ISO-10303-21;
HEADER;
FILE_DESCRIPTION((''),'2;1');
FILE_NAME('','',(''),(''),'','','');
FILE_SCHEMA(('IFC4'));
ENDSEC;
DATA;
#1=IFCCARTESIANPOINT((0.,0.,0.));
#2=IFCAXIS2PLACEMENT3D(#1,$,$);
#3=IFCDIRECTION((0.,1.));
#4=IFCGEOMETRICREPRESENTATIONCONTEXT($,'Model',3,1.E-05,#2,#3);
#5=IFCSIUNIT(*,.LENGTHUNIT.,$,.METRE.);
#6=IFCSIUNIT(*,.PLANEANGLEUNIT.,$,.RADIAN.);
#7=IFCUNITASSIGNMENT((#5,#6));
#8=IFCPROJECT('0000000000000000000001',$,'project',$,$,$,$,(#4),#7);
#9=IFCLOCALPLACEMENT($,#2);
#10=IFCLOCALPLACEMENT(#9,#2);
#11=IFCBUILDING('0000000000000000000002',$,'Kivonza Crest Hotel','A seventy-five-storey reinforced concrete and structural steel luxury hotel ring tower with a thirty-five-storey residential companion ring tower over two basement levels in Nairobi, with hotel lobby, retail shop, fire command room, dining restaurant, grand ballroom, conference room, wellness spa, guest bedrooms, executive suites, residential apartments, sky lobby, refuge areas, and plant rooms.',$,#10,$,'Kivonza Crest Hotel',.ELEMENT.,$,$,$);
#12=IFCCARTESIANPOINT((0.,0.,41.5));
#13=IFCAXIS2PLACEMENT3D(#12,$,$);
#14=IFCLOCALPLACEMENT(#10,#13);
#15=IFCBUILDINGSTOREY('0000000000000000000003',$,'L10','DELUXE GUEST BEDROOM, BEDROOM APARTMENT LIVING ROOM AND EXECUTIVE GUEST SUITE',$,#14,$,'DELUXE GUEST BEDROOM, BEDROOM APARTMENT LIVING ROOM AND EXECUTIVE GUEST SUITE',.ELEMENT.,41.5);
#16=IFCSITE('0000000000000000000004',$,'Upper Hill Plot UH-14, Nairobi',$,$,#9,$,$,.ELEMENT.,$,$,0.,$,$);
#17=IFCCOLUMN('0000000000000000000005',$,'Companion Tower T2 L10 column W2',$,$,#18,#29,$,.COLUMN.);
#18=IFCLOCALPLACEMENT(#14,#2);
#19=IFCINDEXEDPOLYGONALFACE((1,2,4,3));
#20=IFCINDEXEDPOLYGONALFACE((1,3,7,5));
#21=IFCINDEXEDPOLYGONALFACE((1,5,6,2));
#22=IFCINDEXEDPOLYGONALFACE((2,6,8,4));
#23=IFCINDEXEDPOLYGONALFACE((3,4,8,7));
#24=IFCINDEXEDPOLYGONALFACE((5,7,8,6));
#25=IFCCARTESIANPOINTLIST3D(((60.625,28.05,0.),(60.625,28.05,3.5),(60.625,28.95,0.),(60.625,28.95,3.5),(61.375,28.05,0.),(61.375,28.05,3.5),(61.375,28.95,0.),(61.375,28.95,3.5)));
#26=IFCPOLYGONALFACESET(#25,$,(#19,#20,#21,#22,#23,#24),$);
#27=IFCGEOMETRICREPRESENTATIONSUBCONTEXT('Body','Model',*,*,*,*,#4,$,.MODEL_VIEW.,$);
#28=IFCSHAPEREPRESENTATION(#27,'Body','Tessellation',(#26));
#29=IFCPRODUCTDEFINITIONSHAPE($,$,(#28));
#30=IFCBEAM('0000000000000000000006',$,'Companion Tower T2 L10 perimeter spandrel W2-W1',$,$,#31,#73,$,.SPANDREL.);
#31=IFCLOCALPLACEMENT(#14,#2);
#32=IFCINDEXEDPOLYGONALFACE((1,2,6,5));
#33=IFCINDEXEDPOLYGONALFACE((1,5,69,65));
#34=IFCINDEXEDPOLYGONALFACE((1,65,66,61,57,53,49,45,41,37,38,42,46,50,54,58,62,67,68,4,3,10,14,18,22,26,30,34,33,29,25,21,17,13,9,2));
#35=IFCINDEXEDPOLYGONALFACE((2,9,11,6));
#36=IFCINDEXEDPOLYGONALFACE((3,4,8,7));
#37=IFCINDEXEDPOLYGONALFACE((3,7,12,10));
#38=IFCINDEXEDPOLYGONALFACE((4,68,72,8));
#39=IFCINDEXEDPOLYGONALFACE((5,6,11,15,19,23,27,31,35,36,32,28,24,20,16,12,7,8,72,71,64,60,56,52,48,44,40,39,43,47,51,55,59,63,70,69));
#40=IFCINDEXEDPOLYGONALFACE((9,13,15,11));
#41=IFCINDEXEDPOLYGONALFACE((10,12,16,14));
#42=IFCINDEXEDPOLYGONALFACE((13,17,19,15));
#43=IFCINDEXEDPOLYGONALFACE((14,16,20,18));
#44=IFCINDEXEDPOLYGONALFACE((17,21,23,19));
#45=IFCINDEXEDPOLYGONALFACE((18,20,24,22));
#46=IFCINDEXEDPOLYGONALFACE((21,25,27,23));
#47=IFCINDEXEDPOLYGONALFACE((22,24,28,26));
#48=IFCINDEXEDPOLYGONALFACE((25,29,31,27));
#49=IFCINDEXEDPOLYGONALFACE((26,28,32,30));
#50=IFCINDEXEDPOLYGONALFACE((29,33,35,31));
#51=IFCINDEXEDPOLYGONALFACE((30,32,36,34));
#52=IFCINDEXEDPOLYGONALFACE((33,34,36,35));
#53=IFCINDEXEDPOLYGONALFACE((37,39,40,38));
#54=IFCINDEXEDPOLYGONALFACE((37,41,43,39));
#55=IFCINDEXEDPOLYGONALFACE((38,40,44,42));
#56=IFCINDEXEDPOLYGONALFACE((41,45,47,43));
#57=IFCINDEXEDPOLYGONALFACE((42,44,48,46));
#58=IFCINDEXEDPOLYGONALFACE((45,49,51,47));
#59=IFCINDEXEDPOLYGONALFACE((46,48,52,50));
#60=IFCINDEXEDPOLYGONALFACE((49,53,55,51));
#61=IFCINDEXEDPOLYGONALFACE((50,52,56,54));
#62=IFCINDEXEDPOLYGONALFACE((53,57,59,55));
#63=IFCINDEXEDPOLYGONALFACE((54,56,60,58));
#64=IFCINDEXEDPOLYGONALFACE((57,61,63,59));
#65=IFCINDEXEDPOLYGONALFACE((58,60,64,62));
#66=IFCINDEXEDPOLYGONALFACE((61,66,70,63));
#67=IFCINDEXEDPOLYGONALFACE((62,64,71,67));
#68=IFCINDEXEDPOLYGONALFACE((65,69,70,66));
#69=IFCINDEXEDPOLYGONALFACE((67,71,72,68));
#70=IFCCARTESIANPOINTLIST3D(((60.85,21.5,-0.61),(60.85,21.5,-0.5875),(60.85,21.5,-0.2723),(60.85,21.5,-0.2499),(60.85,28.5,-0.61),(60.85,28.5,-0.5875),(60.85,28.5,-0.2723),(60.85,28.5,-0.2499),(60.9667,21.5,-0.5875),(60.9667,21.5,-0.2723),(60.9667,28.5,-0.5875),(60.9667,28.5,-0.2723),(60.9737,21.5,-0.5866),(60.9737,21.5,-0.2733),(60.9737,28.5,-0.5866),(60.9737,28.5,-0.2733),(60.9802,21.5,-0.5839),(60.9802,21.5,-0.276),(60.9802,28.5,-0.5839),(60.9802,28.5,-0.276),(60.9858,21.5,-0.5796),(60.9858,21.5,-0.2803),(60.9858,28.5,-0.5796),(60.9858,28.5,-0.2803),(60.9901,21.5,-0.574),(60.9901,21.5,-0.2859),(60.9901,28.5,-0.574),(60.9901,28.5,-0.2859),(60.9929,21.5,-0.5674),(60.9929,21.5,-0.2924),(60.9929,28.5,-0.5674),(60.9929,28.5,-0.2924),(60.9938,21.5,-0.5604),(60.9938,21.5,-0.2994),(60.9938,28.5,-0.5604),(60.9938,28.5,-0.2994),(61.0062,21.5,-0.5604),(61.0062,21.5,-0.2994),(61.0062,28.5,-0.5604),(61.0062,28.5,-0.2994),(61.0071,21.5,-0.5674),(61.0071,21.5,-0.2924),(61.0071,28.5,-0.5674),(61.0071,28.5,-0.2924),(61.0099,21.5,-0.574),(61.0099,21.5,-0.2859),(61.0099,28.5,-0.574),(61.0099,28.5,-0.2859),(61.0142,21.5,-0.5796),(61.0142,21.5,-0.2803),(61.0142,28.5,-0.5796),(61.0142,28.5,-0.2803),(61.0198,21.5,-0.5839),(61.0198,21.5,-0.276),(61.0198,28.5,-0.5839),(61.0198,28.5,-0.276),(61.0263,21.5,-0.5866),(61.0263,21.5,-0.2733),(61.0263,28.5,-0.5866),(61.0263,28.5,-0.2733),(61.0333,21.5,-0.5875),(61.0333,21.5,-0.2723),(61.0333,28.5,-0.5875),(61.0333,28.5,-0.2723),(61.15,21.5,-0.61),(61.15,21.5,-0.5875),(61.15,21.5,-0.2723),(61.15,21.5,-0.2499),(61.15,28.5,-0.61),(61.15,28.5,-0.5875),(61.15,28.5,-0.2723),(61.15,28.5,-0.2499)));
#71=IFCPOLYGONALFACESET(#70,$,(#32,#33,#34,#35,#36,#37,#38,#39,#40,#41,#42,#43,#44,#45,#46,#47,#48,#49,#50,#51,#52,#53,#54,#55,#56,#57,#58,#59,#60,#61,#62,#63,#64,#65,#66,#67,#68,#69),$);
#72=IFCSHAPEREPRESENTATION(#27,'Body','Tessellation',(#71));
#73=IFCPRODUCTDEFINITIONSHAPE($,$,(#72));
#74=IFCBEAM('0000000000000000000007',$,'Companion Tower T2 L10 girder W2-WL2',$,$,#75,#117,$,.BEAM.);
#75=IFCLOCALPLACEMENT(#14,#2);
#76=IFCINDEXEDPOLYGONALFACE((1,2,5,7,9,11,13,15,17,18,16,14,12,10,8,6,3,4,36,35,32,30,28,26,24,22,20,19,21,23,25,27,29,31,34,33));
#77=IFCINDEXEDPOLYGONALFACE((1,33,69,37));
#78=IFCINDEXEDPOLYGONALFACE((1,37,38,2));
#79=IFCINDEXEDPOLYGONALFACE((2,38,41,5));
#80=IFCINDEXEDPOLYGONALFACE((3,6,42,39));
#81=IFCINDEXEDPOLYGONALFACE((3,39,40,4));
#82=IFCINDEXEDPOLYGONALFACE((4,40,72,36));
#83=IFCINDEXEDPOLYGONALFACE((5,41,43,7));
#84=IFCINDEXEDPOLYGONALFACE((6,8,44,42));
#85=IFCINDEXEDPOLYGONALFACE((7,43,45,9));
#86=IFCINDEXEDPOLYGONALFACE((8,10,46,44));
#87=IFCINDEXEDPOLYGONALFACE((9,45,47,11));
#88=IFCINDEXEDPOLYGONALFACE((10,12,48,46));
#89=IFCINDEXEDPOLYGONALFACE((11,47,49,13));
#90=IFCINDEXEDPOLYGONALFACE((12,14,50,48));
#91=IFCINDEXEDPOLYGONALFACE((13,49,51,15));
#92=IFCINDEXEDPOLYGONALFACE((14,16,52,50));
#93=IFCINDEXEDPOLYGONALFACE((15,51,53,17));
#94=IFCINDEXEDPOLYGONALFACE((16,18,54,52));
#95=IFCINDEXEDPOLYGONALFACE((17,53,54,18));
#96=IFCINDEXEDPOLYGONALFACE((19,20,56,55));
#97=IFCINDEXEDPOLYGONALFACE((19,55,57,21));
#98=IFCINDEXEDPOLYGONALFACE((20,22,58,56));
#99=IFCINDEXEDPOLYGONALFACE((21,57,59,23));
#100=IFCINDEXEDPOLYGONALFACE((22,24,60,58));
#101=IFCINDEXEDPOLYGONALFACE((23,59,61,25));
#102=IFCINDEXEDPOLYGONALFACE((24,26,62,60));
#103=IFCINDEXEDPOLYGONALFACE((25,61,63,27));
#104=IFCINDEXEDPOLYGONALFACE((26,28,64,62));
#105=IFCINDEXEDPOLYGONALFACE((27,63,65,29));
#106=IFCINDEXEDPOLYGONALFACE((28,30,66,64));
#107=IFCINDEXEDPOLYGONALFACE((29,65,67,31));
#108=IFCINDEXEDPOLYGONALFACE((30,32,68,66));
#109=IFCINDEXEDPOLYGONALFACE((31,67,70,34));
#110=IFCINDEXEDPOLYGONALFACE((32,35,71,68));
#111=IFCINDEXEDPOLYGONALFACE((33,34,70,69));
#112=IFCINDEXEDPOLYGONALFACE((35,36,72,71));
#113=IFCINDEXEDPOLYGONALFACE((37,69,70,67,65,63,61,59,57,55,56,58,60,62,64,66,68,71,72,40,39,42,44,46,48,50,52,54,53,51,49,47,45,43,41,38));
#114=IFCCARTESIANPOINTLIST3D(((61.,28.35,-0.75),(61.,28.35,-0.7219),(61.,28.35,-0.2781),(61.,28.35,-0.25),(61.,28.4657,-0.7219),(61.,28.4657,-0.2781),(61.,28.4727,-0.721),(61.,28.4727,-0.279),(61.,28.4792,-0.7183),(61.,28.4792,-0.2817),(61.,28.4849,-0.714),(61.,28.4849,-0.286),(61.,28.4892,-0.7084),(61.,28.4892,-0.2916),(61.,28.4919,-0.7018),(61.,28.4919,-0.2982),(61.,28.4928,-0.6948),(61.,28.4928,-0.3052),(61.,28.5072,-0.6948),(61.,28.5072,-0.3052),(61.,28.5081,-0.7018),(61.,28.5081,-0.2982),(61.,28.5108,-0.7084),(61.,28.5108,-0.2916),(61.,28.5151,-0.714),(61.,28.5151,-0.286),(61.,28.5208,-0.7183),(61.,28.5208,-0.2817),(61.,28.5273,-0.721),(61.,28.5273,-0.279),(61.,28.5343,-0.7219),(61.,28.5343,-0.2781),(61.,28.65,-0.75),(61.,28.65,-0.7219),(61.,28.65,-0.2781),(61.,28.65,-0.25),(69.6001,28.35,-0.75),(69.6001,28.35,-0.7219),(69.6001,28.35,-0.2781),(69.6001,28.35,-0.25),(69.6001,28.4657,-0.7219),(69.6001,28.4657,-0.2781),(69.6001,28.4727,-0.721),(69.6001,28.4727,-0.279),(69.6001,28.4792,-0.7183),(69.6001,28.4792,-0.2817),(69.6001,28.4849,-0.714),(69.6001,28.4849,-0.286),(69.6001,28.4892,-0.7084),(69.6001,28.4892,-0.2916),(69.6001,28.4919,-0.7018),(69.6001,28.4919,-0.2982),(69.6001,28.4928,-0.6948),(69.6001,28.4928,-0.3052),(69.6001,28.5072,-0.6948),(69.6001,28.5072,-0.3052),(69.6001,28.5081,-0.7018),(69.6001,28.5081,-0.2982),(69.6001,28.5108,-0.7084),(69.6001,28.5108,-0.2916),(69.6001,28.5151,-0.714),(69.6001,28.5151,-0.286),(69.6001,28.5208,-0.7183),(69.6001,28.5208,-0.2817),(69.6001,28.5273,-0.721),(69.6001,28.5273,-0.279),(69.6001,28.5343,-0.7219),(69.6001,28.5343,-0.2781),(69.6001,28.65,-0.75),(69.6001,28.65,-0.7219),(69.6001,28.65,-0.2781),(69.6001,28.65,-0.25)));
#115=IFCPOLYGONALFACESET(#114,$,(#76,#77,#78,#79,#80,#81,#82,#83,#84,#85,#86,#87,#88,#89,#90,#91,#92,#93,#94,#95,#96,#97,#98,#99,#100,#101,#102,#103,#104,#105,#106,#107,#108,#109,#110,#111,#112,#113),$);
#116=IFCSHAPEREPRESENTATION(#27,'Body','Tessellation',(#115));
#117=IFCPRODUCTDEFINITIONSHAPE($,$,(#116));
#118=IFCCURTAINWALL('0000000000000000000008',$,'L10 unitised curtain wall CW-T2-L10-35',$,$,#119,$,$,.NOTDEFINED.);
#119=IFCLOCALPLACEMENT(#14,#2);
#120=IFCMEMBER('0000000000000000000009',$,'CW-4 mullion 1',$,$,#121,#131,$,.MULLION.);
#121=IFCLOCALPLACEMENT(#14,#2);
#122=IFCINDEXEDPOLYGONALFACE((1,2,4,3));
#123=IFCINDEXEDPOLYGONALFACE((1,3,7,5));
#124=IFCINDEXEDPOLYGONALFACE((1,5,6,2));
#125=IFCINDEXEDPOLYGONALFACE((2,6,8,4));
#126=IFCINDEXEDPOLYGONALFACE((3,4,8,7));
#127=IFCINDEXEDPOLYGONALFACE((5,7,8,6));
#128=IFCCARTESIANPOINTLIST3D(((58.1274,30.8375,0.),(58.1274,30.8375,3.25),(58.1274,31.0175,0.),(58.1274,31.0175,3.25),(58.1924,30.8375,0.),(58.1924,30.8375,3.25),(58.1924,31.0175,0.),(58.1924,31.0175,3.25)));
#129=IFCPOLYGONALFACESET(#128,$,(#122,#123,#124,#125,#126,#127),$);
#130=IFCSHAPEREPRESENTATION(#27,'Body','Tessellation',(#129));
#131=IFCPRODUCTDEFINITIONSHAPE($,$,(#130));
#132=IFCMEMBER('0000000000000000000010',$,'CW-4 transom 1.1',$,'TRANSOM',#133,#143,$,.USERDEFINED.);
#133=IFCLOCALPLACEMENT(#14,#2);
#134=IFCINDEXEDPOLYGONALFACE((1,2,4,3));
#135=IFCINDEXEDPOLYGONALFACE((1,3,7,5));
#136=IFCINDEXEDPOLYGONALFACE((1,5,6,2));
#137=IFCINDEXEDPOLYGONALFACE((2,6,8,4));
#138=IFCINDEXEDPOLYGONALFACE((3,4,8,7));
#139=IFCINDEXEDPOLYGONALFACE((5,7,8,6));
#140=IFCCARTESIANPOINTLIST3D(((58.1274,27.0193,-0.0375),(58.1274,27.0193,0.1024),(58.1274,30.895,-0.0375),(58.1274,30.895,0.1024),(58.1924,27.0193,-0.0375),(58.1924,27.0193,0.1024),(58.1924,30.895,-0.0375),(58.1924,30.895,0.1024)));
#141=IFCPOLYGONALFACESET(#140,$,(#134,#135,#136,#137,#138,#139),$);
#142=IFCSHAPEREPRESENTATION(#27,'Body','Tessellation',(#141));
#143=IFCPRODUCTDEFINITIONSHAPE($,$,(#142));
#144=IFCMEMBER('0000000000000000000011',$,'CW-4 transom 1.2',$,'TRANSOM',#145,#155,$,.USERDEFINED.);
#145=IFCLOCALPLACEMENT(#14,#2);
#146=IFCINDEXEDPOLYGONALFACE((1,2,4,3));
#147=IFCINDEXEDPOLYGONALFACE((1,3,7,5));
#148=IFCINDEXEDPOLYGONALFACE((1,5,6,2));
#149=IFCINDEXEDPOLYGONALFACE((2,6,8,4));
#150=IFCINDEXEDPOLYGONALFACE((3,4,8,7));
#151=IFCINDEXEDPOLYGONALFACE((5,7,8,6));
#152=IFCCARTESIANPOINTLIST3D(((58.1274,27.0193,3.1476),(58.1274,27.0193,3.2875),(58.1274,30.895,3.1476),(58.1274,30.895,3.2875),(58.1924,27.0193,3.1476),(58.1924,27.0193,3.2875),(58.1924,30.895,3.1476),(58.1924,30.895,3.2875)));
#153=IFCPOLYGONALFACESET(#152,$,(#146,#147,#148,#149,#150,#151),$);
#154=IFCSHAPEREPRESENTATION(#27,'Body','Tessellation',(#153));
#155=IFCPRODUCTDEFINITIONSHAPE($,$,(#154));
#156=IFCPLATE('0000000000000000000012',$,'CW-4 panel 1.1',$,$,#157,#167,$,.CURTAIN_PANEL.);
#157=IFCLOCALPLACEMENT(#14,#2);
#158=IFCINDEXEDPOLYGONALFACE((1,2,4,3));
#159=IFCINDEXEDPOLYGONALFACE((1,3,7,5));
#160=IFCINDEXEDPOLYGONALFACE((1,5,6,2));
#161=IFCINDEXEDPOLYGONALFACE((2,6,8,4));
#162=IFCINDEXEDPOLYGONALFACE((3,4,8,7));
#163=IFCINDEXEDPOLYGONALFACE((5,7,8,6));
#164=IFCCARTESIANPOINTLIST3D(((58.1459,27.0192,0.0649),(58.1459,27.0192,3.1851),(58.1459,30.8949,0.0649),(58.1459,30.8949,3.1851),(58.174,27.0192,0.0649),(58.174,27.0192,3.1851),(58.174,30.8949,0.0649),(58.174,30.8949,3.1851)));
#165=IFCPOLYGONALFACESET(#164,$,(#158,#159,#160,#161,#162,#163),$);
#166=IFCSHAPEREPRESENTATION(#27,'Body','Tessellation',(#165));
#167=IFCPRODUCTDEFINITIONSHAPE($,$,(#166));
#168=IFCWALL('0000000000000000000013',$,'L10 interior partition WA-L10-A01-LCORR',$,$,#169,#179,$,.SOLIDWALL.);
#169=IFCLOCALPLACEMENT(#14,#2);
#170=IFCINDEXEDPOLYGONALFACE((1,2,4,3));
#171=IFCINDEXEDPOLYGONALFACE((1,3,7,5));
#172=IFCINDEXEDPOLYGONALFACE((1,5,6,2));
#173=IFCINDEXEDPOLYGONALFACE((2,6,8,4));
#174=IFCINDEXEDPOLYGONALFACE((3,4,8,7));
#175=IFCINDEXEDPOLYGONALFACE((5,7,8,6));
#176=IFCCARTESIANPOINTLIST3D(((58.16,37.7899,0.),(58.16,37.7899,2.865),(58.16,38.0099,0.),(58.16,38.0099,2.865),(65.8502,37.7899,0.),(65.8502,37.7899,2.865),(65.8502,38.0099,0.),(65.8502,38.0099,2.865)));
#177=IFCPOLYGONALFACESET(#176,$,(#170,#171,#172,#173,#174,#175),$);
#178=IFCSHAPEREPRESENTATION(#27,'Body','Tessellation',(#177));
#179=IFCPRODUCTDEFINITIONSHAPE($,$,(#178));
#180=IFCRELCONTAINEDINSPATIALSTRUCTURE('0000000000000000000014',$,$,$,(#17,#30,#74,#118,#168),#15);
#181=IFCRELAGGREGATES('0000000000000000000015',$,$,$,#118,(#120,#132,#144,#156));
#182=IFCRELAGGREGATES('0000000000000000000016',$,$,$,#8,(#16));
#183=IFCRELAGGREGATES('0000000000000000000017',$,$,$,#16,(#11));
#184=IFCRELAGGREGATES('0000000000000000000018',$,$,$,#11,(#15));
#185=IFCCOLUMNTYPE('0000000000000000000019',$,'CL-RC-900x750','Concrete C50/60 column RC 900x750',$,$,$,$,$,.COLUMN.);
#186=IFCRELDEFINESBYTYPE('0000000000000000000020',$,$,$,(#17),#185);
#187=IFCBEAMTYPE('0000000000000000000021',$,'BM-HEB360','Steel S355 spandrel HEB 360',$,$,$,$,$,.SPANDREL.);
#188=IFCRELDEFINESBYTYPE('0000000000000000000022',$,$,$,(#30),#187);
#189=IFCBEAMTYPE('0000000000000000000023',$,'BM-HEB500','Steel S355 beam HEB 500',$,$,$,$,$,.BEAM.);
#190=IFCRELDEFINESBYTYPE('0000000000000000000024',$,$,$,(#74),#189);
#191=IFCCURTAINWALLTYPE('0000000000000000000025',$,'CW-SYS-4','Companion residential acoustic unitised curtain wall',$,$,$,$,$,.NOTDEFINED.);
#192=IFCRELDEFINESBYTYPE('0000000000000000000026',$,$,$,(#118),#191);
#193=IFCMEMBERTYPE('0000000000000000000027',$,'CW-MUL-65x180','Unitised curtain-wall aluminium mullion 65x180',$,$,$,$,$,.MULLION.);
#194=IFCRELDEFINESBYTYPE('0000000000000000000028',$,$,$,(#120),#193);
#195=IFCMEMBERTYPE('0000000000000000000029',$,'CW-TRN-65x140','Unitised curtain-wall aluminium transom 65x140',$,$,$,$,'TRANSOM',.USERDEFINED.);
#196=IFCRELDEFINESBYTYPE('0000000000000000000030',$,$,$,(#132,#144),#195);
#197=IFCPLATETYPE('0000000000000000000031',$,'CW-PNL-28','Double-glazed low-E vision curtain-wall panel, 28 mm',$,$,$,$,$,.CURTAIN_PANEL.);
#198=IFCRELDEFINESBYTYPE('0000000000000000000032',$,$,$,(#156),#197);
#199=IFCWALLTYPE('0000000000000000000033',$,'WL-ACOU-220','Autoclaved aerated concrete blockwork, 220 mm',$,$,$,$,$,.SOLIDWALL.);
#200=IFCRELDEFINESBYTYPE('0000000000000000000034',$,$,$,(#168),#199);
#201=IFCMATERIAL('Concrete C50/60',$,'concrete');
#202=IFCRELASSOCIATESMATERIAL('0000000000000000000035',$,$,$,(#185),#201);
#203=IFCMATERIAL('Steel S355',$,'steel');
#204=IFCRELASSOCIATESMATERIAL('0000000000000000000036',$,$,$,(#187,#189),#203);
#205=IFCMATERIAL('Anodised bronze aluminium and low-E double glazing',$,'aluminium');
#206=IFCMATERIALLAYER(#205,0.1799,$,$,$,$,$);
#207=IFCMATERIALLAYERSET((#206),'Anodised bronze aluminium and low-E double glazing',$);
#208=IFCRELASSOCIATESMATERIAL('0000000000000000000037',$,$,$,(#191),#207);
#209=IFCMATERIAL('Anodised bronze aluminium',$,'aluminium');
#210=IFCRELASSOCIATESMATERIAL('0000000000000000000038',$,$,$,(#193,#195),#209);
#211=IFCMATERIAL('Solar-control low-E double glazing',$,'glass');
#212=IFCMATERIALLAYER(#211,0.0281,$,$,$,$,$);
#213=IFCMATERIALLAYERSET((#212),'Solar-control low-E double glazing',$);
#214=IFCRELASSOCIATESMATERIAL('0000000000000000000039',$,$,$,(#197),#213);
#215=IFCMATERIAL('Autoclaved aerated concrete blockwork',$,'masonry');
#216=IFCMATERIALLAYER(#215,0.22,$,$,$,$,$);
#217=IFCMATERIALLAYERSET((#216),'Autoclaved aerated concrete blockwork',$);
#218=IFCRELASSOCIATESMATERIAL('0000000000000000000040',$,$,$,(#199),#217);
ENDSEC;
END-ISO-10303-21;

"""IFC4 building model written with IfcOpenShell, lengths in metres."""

from ifc_helpers import new_model, si_unit, direction, frame, frame_2d, origin, origin_2d, place, context, subcontext, project, spatial, rectangle, i_section, extrude, material, layer, layer_set, material_profile, profile_set, type_object, element, aggregate, save


model = new_model("IFC4")

# Units and contexts
model_context = context("Model", 3, precision=1e-05, world=origin(), true_north=direction((0.0, 1.0)))
body_context = subcontext(model_context, "Body", "Model", "MODEL_VIEW")
ifc_project = project(units=[si_unit("LENGTHUNIT", "METRE"), si_unit("PLANEANGLEUNIT", "RADIAN")], contexts=[model_context])

# Site, building, storey
site_placement = place(None, origin())
site = spatial("IfcSite", under=ifc_project, at=site_placement, Name="Upper Hill Plot UH-14, Nairobi", CompositionType="ELEMENT", RefElevation=0.0)
building_placement = place(site_placement, origin())
building = spatial("IfcBuilding", under=site, at=building_placement, Name="Kivonza Crest Hotel", Description="A seventy-five-storey reinforced concrete and structural steel luxury hotel ring tower with a thirty-five-storey residential companion ring tower over two basement levels in Nairobi, with hotel lobby, retail shop, fire command room, dining restaurant, grand ballroom, conference room, wellness spa, guest bedrooms, executive suites, residential apartments, sky lobby, refuge areas, and plant rooms.", LongName="Kivonza Crest Hotel", CompositionType="ELEMENT")
storey_placement = place(building_placement, frame((0.0, 0.0, 41.5)))
storey = spatial("IfcBuildingStorey", under=building, at=storey_placement, Name="L10", Description="DELUXE GUEST BEDROOM, BEDROOM APARTMENT LIVING ROOM AND EXECUTIVE GUEST SUITE", LongName="DELUXE GUEST BEDROOM, BEDROOM APARTMENT LIVING ROOM AND EXECUTIVE GUEST SUITE", CompositionType="ELEMENT", Elevation=41.5)

# Column
ifc_material_1 = material(Name="Concrete C50/60", Category="concrete")
ifc_material_profile_1 = material_profile(ifc_material_1, rectangle(XDim=0.75, YDim=0.8999, at=origin_2d()), Name="RC 900x750")
ifc_profile_set_1 = profile_set([ifc_material_profile_1], Name="Concrete C50/60")
column_type = type_object("IfcColumnType", Name="CL-RC-900x750", Description="Concrete C50/60 column RC 900x750", PredefinedType="COLUMN", material=ifc_profile_set_1)
column_placement = place(storey_placement, frame((61.0, 28.5, 0.0), z_axis=(0.0, 0.0, 1.0), x_axis=(1.0, 0.0, 0.0)))
element("IfcColumn", 1, at=column_placement, inside=storey, type_object=column_type, Name="Companion Tower T2 L10 column W2", PredefinedType="COLUMN", context=body_context, shape_type="SweptSolid", body=[
    extrude(rectangle(XDim=0.75, YDim=0.8999, at=origin_2d()), origin(), (0.0, 0.0, 1.0), 3.5),
])

# Beams
ifc_material_2 = material(Name="Steel S355", Category="steel")
ifc_material_profile_2 = material_profile(ifc_material_2, i_section(OverallWidth=0.3, OverallDepth=0.3601, WebThickness=0.0125, FlangeThickness=0.0225, FilletRadius=0.0271, at=origin_2d()), Name="HEB 360")
ifc_profile_set_2 = profile_set([ifc_material_profile_2], Name="Steel S355")
beam_type_1 = type_object("IfcBeamType", Name="BM-HEB360", Description="Steel S355 spandrel HEB 360", PredefinedType="SPANDREL", material=ifc_profile_set_2)
beam_1_placement = place(storey_placement, frame((61.0, 28.5, -0.4299), z_axis=(0.0, -1.0, 0.0), x_axis=(1.0, 0.0, 0.0)))
element("IfcBeam", 2, at=beam_1_placement, inside=storey, type_object=beam_type_1, Name="Companion Tower T2 L10 perimeter spandrel W2-W1", PredefinedType="SPANDREL", context=body_context, shape_type="SweptSolid", body=[
    extrude(i_section(OverallWidth=0.3, OverallDepth=0.3601, WebThickness=0.0125, FlangeThickness=0.0225, FilletRadius=0.0271, at=origin_2d()), origin(), (0.0, 0.0, 1.0), 7.0),
])
ifc_material_profile_3 = material_profile(ifc_material_2, i_section(OverallWidth=0.3, OverallDepth=0.5, WebThickness=0.0144, FlangeThickness=0.0281, FilletRadius=0.0271, at=origin_2d()), Name="HEB 500")
ifc_profile_set_3 = profile_set([ifc_material_profile_3], Name="Steel S355")
beam_type_2 = type_object("IfcBeamType", Name="BM-HEB500", Description="Steel S355 beam HEB 500", PredefinedType="BEAM", material=ifc_profile_set_3)
beam_2_placement = place(storey_placement, frame((61.0, 28.5, -0.5), z_axis=(1.0, 0.0, 0.0), x_axis=(0.0, 1.0, 0.0)))
element("IfcBeam", 3, at=beam_2_placement, inside=storey, type_object=beam_type_2, Name="Companion Tower T2 L10 girder W2-WL2", PredefinedType="BEAM", context=body_context, shape_type="SweptSolid", body=[
    extrude(i_section(OverallWidth=0.3, OverallDepth=0.5, WebThickness=0.0144, FlangeThickness=0.0281, FilletRadius=0.0271, at=origin_2d()), origin(), (0.0, 0.0, 1.0), 8.6001),
])

# Curtain wall, members, plate
ifc_material_3 = material(Name="Anodised bronze aluminium and low-E double glazing", Category="aluminium")
ifc_layer_1 = layer(ifc_material_3, 0.1799)
ifc_layer_set_1 = layer_set([ifc_layer_1], Name="Anodised bronze aluminium and low-E double glazing")
curtain_wall_type = type_object("IfcCurtainWallType", Name="CW-SYS-4", Description="Companion residential acoustic unitised curtain wall", PredefinedType="NOTDEFINED", material=ifc_layer_set_1)
curtain_wall_placement = place(storey_placement, origin())
curtain_wall = element("IfcCurtainWall", 4, at=curtain_wall_placement, inside=storey, type_object=curtain_wall_type, Name="L10 unitised curtain wall CW-T2-L10-35", PredefinedType="NOTDEFINED")
ifc_material_4 = material(Name="Anodised bronze aluminium", Category="aluminium")
ifc_material_profile_4 = material_profile(ifc_material_4, rectangle(XDim=0.0649, YDim=0.1799, at=origin_2d()), Name="CW-M 65x180")
ifc_profile_set_4 = profile_set([ifc_material_profile_4], Name="Anodised bronze aluminium")
member_type_1 = type_object("IfcMemberType", Name="CW-MUL-65x180", Description="Unitised curtain-wall aluminium mullion 65x180", PredefinedType="MULLION", material=ifc_profile_set_4)
member_1_placement = place(storey_placement, frame((58.1599, 30.9275, 0.0), z_axis=(0.0, 0.0, 1.0), x_axis=(1.0, 0.0, 0.0)))
member_1 = element("IfcMember", 5, at=member_1_placement, type_object=member_type_1, Name="CW-4 mullion 1", PredefinedType="MULLION", context=body_context, shape_type="SweptSolid", body=[
    extrude(rectangle(XDim=0.0649, YDim=0.1799, at=origin_2d()), origin(), (0.0, 0.0, 1.0), 3.25),
])
ifc_material_profile_5 = material_profile(ifc_material_4, rectangle(XDim=0.0649, YDim=0.1399, at=origin_2d()), Name="CW-T 65x140")
ifc_profile_set_5 = profile_set([ifc_material_profile_5], Name="Anodised bronze aluminium")
member_type_2 = type_object("IfcMemberType", Name="CW-TRN-65x140", Description="Unitised curtain-wall aluminium transom 65x140", ElementType="TRANSOM", PredefinedType="USERDEFINED", material=ifc_profile_set_5)
member_2_placement = place(storey_placement, frame((58.1599, 30.895, 0.0325), z_axis=(0.0, -1.0, 0.0), x_axis=(1.0, 0.0, 0.0)))
member_2 = element("IfcMember", 6, at=member_2_placement, type_object=member_type_2, Name="CW-4 transom 1.1", ObjectType="TRANSOM", PredefinedType="USERDEFINED", context=body_context, shape_type="SweptSolid", body=[
    extrude(rectangle(XDim=0.0649, YDim=0.1399, at=origin_2d()), origin(), (0.0, 0.0, 1.0), 3.8757),
])
member_3_placement = place(storey_placement, frame((58.1599, 30.895, 3.2175), z_axis=(0.0, -1.0, 0.0), x_axis=(1.0, 0.0, 0.0)))
member_3 = element("IfcMember", 7, at=member_3_placement, type_object=member_type_2, Name="CW-4 transom 1.2", ObjectType="TRANSOM", PredefinedType="USERDEFINED", context=body_context, shape_type="SweptSolid", body=[
    extrude(rectangle(XDim=0.0649, YDim=0.1399, at=origin_2d()), origin(), (0.0, 0.0, 1.0), 3.8757),
])
ifc_material_5 = material(Name="Solar-control low-E double glazing", Category="glass")
ifc_layer_2 = layer(ifc_material_5, 0.0281)
ifc_layer_set_2 = layer_set([ifc_layer_2], Name="Solar-control low-E double glazing")
plate_type = type_object("IfcPlateType", Name="CW-PNL-28", Description="Double-glazed low-E vision curtain-wall panel, 28 mm", PredefinedType="CURTAIN_PANEL", material=ifc_layer_set_2)
plate_placement = place(storey_placement, frame((58.1599, 28.957, 0.0649), z_axis=(0.0, 0.0, 1.0), x_axis=(0.0, -1.0, 0.0)))
plate = element("IfcPlate", 8, at=plate_placement, type_object=plate_type, Name="CW-4 panel 1.1", PredefinedType="CURTAIN_PANEL", context=body_context, shape_type="SweptSolid", body=[
    extrude(rectangle(XDim=3.8757, YDim=0.0281, at=origin_2d()), origin(), (0.0, 0.0, 1.0), 3.1201),
])
aggregate(curtain_wall, [member_1, member_2, member_3, plate])

# Wall
ifc_material_6 = material(Name="Autoclaved aerated concrete blockwork", Category="masonry")
ifc_layer_3 = layer(ifc_material_6, 0.22)
ifc_layer_set_3 = layer_set([ifc_layer_3], Name="Autoclaved aerated concrete blockwork")
wall_type_1 = type_object("IfcWallType", Name="WL-ACOU-220", Description="Autoclaved aerated concrete blockwork, 220 mm", PredefinedType="SOLIDWALL", material=ifc_layer_set_3)
wall_1_placement = place(storey_placement, frame((58.1599, 37.8999, 0.0), z_axis=(0.0, 0.0, 1.0), x_axis=(1.0, 0.0, 0.0)))
element("IfcWall", 9, at=wall_1_placement, inside=storey, type_object=wall_type_1, Name="L10 interior partition WA-L10-A01-LCORR", PredefinedType="SOLIDWALL", context=body_context, shape_type="SweptSolid", body=[
    extrude(rectangle(XDim=7.6902, YDim=0.22, at=frame_2d((3.8452, 0.0))), origin(), (0.0, 0.0, 1.0), 2.865),
])

save(model, "model.ifc")
